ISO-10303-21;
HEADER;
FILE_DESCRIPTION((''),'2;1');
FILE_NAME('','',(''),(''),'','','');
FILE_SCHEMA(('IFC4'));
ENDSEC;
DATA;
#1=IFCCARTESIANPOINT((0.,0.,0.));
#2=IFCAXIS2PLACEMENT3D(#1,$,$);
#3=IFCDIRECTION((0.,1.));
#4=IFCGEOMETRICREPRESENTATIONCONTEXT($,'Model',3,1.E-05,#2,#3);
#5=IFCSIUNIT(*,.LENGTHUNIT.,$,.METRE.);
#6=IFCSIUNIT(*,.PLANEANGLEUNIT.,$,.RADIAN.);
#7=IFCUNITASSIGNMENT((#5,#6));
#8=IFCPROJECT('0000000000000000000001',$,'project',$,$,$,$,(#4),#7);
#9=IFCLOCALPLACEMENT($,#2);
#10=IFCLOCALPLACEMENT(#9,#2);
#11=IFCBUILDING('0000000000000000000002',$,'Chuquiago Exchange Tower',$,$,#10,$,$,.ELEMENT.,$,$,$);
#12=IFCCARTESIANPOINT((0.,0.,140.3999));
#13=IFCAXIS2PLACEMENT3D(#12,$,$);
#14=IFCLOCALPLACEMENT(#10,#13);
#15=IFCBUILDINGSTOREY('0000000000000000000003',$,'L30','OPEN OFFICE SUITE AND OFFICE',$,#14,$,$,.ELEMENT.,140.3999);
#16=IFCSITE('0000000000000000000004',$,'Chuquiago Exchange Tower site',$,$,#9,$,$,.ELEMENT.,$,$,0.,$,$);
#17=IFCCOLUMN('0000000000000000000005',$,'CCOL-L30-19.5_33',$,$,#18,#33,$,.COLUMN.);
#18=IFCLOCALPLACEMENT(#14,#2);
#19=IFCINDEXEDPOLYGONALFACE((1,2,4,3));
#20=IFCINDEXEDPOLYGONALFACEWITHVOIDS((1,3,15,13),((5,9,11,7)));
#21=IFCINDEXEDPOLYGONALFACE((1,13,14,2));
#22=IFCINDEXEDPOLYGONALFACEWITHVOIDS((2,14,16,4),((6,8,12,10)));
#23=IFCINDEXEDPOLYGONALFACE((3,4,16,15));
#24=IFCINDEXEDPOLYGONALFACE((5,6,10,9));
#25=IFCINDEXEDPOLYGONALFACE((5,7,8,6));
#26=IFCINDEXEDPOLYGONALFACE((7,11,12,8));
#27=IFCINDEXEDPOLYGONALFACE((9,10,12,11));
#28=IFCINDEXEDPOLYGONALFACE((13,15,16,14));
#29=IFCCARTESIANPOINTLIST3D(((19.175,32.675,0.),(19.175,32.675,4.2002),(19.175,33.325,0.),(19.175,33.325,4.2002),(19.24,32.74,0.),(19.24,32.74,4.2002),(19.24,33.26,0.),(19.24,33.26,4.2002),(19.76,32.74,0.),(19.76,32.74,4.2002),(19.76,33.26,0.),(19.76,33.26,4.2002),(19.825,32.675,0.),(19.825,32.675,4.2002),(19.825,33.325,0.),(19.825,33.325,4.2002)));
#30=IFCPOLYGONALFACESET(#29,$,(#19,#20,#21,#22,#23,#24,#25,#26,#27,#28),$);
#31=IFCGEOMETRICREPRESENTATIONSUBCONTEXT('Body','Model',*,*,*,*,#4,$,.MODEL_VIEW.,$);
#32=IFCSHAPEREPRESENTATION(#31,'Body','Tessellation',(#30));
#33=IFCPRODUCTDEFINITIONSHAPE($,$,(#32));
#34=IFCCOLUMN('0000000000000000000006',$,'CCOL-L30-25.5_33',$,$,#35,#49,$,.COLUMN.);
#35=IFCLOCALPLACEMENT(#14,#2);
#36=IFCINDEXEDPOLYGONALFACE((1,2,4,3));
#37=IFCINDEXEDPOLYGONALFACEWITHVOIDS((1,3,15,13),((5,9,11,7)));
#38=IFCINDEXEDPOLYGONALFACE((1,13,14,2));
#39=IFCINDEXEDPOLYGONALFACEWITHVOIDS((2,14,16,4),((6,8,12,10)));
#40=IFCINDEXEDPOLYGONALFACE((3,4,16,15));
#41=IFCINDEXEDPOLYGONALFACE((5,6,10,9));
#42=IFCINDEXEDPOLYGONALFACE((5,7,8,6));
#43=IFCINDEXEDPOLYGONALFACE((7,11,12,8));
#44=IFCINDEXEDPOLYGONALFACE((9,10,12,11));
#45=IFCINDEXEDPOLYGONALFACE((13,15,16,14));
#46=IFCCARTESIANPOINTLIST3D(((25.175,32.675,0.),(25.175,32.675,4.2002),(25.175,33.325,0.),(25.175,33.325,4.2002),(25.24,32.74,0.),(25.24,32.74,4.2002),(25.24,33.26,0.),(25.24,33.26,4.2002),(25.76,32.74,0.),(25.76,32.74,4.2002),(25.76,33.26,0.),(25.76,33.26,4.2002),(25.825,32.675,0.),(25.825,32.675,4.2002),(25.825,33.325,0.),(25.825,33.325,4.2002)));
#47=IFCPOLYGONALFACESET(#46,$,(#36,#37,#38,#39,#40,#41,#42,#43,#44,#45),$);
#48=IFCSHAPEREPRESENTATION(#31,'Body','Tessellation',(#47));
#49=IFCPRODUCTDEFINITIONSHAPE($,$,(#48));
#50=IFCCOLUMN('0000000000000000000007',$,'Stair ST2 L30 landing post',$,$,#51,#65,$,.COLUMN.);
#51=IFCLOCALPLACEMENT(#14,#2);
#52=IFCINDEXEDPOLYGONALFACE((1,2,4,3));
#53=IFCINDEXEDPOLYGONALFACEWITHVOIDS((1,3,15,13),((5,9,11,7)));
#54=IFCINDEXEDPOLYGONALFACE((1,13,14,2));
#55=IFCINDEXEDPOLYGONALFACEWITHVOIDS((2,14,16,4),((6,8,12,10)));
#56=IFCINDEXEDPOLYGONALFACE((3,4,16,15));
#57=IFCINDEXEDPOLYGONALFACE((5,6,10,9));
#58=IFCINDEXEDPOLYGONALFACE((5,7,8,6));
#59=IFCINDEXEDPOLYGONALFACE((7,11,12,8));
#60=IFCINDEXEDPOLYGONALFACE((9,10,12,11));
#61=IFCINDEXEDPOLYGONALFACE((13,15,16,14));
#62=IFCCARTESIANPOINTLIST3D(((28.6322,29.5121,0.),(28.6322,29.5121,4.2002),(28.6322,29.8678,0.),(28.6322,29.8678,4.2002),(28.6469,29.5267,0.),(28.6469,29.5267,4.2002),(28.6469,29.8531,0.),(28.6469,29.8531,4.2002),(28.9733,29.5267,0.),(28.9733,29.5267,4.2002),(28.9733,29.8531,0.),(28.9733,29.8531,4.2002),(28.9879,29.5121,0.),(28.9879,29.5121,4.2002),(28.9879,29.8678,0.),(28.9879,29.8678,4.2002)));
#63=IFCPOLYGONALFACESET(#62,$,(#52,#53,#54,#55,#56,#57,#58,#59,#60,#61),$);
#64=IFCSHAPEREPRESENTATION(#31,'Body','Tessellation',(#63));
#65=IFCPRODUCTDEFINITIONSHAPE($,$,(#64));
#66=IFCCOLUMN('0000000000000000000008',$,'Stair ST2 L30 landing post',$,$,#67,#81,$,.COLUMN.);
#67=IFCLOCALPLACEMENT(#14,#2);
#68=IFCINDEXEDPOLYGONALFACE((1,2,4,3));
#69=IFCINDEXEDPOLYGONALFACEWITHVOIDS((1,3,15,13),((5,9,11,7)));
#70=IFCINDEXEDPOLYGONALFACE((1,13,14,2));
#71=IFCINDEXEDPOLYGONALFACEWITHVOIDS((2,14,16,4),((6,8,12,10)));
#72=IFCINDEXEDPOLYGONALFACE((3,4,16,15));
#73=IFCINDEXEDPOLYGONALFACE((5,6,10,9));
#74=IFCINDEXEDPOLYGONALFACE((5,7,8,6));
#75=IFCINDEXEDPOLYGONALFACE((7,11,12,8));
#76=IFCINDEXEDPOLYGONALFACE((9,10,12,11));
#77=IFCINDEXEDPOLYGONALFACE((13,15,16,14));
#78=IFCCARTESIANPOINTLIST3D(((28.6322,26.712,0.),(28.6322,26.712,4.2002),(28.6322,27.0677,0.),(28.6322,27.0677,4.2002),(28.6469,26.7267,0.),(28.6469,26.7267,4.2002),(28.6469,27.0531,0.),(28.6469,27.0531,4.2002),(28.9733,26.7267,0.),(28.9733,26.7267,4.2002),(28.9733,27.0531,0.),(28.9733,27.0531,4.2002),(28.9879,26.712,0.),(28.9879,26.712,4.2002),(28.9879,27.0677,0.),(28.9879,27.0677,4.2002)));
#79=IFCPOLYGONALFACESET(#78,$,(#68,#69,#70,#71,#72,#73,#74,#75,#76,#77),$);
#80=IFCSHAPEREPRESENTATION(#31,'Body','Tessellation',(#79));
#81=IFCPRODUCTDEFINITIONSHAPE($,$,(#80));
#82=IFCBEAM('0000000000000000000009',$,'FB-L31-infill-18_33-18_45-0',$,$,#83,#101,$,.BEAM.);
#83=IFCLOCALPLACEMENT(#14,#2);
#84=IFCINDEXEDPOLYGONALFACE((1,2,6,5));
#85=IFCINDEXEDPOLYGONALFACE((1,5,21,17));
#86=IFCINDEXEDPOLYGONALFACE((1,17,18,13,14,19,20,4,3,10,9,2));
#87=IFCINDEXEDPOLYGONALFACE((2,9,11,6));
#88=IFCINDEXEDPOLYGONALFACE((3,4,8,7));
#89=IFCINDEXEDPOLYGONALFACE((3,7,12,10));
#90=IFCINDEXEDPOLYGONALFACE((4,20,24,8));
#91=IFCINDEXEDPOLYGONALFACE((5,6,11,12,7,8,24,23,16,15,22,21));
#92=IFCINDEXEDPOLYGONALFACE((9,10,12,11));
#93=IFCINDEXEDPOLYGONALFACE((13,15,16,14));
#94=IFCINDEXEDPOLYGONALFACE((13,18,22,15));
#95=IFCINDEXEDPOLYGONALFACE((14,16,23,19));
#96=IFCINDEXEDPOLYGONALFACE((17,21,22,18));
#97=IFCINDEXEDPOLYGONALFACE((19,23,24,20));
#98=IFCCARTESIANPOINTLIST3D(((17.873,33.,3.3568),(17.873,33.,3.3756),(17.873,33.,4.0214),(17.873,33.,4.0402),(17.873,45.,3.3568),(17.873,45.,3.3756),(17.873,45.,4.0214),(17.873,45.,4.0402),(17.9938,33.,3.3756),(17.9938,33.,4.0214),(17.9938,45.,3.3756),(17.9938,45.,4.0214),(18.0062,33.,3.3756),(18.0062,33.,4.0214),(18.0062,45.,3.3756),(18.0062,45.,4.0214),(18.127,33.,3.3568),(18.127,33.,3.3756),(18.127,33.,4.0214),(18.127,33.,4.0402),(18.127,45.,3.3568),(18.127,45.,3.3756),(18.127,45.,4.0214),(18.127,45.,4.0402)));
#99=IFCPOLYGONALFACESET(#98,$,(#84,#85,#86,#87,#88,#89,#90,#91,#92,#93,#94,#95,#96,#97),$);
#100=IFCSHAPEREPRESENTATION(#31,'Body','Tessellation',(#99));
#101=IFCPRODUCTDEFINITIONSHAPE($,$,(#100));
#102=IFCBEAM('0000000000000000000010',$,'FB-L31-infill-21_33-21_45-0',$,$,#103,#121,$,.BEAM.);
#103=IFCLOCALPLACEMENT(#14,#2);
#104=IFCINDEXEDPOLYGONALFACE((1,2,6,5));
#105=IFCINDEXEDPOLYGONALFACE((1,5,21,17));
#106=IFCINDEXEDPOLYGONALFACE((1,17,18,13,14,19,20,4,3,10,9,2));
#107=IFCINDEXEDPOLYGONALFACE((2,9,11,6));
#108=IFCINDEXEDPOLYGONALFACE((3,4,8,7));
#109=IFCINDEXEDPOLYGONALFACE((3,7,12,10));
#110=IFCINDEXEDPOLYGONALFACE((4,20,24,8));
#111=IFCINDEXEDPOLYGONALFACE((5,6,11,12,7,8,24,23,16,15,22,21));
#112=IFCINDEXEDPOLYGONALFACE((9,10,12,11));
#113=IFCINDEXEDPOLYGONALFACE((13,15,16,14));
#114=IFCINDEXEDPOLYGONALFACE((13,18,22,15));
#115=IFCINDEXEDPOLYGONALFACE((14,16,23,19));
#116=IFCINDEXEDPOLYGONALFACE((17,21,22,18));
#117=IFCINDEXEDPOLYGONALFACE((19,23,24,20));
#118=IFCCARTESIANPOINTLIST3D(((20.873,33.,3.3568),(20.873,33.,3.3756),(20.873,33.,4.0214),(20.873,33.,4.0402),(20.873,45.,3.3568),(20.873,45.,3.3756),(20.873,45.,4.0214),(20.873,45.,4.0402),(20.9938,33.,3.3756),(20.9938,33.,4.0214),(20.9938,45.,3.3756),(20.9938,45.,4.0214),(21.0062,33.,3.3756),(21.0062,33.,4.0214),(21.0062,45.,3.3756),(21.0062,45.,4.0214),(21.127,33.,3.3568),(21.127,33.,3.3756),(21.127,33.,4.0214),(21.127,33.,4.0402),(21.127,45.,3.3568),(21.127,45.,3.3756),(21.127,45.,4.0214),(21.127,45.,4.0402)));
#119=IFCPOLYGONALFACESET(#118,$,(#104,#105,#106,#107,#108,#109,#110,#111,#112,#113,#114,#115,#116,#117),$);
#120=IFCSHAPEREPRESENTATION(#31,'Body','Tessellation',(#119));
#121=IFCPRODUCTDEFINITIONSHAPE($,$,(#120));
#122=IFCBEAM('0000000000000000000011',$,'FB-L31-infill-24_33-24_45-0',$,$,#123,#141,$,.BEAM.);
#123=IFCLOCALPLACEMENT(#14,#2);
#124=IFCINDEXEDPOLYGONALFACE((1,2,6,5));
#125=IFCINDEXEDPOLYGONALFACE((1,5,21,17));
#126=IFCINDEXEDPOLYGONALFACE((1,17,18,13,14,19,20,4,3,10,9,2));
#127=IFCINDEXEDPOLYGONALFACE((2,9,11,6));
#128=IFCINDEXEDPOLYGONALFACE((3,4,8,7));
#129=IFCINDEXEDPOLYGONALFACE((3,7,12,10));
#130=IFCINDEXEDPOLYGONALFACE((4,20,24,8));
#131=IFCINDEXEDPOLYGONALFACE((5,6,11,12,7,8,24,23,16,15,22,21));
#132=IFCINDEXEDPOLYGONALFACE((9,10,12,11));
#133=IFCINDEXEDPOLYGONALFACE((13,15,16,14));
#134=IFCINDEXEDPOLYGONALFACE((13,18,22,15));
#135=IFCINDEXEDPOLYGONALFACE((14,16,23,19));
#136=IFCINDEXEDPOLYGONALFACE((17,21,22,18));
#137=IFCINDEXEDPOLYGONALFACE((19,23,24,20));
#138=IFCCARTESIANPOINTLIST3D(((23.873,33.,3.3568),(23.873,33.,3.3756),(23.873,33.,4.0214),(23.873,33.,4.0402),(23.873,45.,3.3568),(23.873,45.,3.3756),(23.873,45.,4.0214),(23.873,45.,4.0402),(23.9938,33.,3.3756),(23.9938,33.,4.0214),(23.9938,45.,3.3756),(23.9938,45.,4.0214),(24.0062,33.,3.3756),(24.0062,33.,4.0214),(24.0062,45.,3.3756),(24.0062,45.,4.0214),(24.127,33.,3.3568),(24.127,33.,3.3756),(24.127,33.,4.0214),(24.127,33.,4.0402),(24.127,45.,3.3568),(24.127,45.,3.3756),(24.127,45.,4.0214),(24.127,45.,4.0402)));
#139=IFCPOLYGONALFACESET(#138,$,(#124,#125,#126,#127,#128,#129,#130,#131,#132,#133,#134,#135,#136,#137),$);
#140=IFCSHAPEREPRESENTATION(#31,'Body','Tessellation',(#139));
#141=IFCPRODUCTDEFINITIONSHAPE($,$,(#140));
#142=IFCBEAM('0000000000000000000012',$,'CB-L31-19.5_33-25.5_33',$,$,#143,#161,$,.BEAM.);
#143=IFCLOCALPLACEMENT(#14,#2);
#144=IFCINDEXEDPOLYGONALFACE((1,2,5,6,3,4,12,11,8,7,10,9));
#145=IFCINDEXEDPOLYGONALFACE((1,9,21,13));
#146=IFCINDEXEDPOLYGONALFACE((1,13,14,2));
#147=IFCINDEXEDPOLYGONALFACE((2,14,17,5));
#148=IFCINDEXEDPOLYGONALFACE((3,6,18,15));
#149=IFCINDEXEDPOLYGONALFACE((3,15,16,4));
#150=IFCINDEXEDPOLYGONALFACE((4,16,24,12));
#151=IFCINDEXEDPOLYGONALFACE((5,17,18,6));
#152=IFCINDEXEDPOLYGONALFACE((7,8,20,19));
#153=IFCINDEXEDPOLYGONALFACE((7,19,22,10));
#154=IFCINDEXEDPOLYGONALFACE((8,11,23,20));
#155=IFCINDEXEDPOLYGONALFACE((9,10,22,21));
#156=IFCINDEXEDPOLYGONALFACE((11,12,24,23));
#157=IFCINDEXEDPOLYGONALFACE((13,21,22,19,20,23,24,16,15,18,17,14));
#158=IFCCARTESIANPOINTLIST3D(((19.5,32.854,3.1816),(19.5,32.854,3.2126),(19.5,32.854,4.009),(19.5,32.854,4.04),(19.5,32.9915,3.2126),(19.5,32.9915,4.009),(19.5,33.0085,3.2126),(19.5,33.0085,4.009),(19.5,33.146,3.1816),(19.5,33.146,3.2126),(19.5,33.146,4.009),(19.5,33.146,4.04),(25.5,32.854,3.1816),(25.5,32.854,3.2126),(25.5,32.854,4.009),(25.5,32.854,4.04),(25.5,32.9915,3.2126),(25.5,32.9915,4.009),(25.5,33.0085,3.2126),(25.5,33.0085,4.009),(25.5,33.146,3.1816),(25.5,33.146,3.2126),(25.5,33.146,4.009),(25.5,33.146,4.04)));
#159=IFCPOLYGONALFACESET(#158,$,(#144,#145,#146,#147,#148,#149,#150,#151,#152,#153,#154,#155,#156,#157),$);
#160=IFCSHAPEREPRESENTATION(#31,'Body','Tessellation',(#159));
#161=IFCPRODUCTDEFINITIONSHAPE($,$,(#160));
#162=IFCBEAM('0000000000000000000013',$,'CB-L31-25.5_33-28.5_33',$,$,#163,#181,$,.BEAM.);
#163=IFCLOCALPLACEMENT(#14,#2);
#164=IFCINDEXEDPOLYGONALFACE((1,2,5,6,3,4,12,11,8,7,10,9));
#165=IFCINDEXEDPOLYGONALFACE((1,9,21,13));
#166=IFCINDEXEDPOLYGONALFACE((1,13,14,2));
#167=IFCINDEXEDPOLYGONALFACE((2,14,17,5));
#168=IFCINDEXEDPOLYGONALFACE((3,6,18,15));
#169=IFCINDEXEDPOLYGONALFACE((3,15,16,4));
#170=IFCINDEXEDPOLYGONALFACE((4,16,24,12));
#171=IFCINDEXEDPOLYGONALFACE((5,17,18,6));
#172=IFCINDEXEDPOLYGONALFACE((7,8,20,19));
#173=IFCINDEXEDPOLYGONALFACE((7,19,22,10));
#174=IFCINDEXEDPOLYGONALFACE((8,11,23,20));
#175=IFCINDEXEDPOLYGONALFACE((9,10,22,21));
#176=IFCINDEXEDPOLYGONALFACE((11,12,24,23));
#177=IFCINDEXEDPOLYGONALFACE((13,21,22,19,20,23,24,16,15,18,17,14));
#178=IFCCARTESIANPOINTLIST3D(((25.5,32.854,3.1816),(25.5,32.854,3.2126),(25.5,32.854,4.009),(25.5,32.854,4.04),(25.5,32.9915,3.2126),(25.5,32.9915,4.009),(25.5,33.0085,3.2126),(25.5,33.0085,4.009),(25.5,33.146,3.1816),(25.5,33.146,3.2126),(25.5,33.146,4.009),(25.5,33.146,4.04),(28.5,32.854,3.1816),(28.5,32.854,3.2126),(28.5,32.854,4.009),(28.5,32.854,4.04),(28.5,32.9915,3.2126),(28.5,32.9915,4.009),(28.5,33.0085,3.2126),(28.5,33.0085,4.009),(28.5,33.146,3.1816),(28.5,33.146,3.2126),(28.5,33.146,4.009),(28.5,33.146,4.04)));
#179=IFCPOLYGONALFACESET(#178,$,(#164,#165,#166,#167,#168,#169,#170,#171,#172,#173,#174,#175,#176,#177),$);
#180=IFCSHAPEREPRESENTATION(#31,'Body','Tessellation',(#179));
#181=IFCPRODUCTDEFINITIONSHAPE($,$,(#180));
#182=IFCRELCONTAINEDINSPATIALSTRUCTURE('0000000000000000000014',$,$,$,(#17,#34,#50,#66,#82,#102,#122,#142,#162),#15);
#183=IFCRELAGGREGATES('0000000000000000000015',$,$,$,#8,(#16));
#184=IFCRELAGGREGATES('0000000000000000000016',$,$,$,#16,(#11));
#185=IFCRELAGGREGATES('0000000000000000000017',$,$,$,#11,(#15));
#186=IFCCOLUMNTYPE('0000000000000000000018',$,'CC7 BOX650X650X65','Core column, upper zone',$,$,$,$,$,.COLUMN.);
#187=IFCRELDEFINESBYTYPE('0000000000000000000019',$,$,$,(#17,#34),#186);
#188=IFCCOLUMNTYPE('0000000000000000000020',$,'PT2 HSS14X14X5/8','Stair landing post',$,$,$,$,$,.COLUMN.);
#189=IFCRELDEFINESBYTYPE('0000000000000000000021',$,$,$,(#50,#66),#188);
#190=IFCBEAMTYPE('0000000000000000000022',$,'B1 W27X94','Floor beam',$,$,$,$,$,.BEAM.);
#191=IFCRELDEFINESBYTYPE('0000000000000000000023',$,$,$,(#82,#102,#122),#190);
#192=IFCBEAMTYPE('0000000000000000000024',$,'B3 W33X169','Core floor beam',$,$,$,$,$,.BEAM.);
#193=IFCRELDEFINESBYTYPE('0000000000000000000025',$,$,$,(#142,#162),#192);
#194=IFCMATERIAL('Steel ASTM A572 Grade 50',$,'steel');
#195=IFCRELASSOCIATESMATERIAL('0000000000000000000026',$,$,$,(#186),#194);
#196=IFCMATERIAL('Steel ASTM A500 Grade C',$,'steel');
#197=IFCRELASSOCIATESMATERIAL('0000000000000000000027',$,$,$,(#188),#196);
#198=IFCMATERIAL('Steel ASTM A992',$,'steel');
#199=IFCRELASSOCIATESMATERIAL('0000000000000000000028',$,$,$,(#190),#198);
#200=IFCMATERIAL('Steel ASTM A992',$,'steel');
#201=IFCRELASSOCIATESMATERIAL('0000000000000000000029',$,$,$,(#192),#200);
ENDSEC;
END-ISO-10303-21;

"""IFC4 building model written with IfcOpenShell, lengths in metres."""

from ifc_helpers import new_model, si_unit, direction, frame, origin, origin_2d, place, context, subcontext, project, spatial, hollow_rectangle, i_section, extrude, material, material_profile, profile_set, type_object, element, save


model = new_model("IFC4")

# Units and contexts
model_context = context("Model", 3, precision=1e-05, world=origin(), true_north=direction((0.0, 1.0)))
body_context = subcontext(model_context, "Body", "Model", "MODEL_VIEW")
ifc_project = project(units=[si_unit("LENGTHUNIT", "METRE"), si_unit("PLANEANGLEUNIT", "RADIAN")], contexts=[model_context])

# Site, building, storey
site_placement = place(None, origin())
site = spatial("IfcSite", under=ifc_project, at=site_placement, Name="Chuquiago Exchange Tower site", CompositionType="ELEMENT", RefElevation=0.0)
building_placement = place(site_placement, origin())
building = spatial("IfcBuilding", under=site, at=building_placement, Name="Chuquiago Exchange Tower", CompositionType="ELEMENT")
storey_placement = place(building_placement, frame((0.0, 0.0, 140.3999)))
storey = spatial("IfcBuildingStorey", under=building, at=storey_placement, Name="L30", Description="OPEN OFFICE SUITE AND OFFICE", CompositionType="ELEMENT", Elevation=140.3999)

# Columns
ifc_material_1 = material(Name="Steel ASTM A572 Grade 50", Category="steel")
ifc_material_profile_1 = material_profile(ifc_material_1, hollow_rectangle(XDim=0.6499, YDim=0.6499, WallThickness=0.0649, at=origin_2d()), Name="BOX650X650X65")
ifc_profile_set_1 = profile_set([ifc_material_profile_1], Name="Steel ASTM A572 Grade 50")
column_type_1 = type_object("IfcColumnType", Name="CC7 BOX650X650X65", Description="Core column, upper zone", PredefinedType="COLUMN", material=ifc_profile_set_1)
for number, where, z_axis, x_axis, name in (
    (1, (19.5, 33.0, 0.0), (0.0, 0.0, 1.0), (1.0, 0.0, 0.0), "CCOL-L30-19.5_33"),
    (2, (25.5, 33.0, 0.0), (0.0, 0.0, 1.0), (1.0, 0.0, 0.0), "CCOL-L30-25.5_33"),
):
    element("IfcColumn", number, at=place(storey_placement, frame(where, z_axis=z_axis, x_axis=x_axis)), inside=storey, type_object=column_type_1, Name=name, PredefinedType="COLUMN", context=body_context, shape_type="SweptSolid", body=[
        extrude(hollow_rectangle(XDim=0.6499, YDim=0.6499, WallThickness=0.0649, at=origin_2d()), origin(), (0.0, 0.0, 1.0), 4.2002),
    ])
ifc_material_2 = material(Name="Steel ASTM A500 Grade C", Category="steel")
ifc_material_profile_2 = material_profile(ifc_material_2, hollow_rectangle(XDim=0.3557, YDim=0.3557, WallThickness=0.0146, at=origin_2d()), Name="HSS14X14X5/8")
ifc_profile_set_2 = profile_set([ifc_material_profile_2], Name="Steel ASTM A500 Grade C")
column_type_2 = type_object("IfcColumnType", Name="PT2 HSS14X14X5/8", Description="Stair landing post", PredefinedType="COLUMN", material=ifc_profile_set_2)
for number, where, z_axis, x_axis, name in (
    (3, (28.8101, 29.6899, 0.0), (0.0, 0.0, 1.0), (1.0, 0.0, 0.0), "Stair ST2 L30 landing post"),
    (4, (28.8101, 26.8899, 0.0), (0.0, 0.0, 1.0), (1.0, 0.0, 0.0), "Stair ST2 L30 landing post"),
):
    element("IfcColumn", number, at=place(storey_placement, frame(where, z_axis=z_axis, x_axis=x_axis)), inside=storey, type_object=column_type_2, Name=name, PredefinedType="COLUMN", context=body_context, shape_type="SweptSolid", body=[
        extrude(hollow_rectangle(XDim=0.3557, YDim=0.3557, WallThickness=0.0146, at=origin_2d()), origin(), (0.0, 0.0, 1.0), 4.2002),
    ])

# Beams
ifc_material_3 = material(Name="Steel ASTM A992", Category="steel")
ifc_material_profile_3 = material_profile(ifc_material_3, i_section(OverallWidth=0.2539, OverallDepth=0.6833, WebThickness=0.0125, FlangeThickness=0.0188, at=origin_2d()), Name="W27X94")
ifc_profile_set_3 = profile_set([ifc_material_profile_3], Name="Steel ASTM A992")
beam_type_1 = type_object("IfcBeamType", Name="B1 W27X94", Description="Floor beam", PredefinedType="BEAM", material=ifc_profile_set_3)
for number, where, z_axis, x_axis, name in (
    (5, (18.0, 33.0, 3.6985), (0.0, 1.0, 0.0), (-1.0, 0.0, 0.0), "FB-L31-infill-18_33-18_45-0"),
    (6, (21.0, 33.0, 3.6985), (0.0, 1.0, 0.0), (-1.0, 0.0, 0.0), "FB-L31-infill-21_33-21_45-0"),
    (7, (24.0, 33.0, 3.6985), (0.0, 1.0, 0.0), (-1.0, 0.0, 0.0), "FB-L31-infill-24_33-24_45-0"),
):
    element("IfcBeam", number, at=place(storey_placement, frame(where, z_axis=z_axis, x_axis=x_axis)), inside=storey, type_object=beam_type_1, Name=name, PredefinedType="BEAM", context=body_context, shape_type="SweptSolid", body=[
        extrude(i_section(OverallWidth=0.2539, OverallDepth=0.6833, WebThickness=0.0125, FlangeThickness=0.0188, at=origin_2d()), origin(), (0.0, 0.0, 1.0), 12.0),
    ])
ifc_material_4 = material(Name="Steel ASTM A992", Category="steel")
ifc_material_profile_4 = material_profile(ifc_material_4, i_section(OverallWidth=0.292, OverallDepth=0.8584, WebThickness=0.0171, FlangeThickness=0.031, at=origin_2d()), Name="W33X169")
ifc_profile_set_4 = profile_set([ifc_material_profile_4], Name="Steel ASTM A992")
beam_type_2 = type_object("IfcBeamType", Name="B3 W33X169", Description="Core floor beam", PredefinedType="BEAM", material=ifc_profile_set_4)
beam_1_placement = place(storey_placement, frame((19.5, 33.0, 3.6108), z_axis=(1.0, 0.0, 0.0), x_axis=(0.0, 1.0, 0.0)))
element("IfcBeam", 8, at=beam_1_placement, inside=storey, type_object=beam_type_2, Name="CB-L31-19.5_33-25.5_33", PredefinedType="BEAM", context=body_context, shape_type="SweptSolid", body=[
    extrude(i_section(OverallWidth=0.292, OverallDepth=0.8584, WebThickness=0.0171, FlangeThickness=0.031, at=origin_2d()), origin(), (0.0, 0.0, 1.0), 6.0),
])
beam_2_placement = place(storey_placement, frame((25.5, 33.0, 3.6108), z_axis=(1.0, 0.0, 0.0), x_axis=(0.0, 1.0, 0.0)))
element("IfcBeam", 9, at=beam_2_placement, inside=storey, type_object=beam_type_2, Name="CB-L31-25.5_33-28.5_33", PredefinedType="BEAM", context=body_context, shape_type="SweptSolid", body=[
    extrude(i_section(OverallWidth=0.292, OverallDepth=0.8584, WebThickness=0.0171, FlangeThickness=0.031, at=origin_2d()), origin(), (0.0, 0.0, 1.0), 3.0),
])

save(model, "model.ifc")
